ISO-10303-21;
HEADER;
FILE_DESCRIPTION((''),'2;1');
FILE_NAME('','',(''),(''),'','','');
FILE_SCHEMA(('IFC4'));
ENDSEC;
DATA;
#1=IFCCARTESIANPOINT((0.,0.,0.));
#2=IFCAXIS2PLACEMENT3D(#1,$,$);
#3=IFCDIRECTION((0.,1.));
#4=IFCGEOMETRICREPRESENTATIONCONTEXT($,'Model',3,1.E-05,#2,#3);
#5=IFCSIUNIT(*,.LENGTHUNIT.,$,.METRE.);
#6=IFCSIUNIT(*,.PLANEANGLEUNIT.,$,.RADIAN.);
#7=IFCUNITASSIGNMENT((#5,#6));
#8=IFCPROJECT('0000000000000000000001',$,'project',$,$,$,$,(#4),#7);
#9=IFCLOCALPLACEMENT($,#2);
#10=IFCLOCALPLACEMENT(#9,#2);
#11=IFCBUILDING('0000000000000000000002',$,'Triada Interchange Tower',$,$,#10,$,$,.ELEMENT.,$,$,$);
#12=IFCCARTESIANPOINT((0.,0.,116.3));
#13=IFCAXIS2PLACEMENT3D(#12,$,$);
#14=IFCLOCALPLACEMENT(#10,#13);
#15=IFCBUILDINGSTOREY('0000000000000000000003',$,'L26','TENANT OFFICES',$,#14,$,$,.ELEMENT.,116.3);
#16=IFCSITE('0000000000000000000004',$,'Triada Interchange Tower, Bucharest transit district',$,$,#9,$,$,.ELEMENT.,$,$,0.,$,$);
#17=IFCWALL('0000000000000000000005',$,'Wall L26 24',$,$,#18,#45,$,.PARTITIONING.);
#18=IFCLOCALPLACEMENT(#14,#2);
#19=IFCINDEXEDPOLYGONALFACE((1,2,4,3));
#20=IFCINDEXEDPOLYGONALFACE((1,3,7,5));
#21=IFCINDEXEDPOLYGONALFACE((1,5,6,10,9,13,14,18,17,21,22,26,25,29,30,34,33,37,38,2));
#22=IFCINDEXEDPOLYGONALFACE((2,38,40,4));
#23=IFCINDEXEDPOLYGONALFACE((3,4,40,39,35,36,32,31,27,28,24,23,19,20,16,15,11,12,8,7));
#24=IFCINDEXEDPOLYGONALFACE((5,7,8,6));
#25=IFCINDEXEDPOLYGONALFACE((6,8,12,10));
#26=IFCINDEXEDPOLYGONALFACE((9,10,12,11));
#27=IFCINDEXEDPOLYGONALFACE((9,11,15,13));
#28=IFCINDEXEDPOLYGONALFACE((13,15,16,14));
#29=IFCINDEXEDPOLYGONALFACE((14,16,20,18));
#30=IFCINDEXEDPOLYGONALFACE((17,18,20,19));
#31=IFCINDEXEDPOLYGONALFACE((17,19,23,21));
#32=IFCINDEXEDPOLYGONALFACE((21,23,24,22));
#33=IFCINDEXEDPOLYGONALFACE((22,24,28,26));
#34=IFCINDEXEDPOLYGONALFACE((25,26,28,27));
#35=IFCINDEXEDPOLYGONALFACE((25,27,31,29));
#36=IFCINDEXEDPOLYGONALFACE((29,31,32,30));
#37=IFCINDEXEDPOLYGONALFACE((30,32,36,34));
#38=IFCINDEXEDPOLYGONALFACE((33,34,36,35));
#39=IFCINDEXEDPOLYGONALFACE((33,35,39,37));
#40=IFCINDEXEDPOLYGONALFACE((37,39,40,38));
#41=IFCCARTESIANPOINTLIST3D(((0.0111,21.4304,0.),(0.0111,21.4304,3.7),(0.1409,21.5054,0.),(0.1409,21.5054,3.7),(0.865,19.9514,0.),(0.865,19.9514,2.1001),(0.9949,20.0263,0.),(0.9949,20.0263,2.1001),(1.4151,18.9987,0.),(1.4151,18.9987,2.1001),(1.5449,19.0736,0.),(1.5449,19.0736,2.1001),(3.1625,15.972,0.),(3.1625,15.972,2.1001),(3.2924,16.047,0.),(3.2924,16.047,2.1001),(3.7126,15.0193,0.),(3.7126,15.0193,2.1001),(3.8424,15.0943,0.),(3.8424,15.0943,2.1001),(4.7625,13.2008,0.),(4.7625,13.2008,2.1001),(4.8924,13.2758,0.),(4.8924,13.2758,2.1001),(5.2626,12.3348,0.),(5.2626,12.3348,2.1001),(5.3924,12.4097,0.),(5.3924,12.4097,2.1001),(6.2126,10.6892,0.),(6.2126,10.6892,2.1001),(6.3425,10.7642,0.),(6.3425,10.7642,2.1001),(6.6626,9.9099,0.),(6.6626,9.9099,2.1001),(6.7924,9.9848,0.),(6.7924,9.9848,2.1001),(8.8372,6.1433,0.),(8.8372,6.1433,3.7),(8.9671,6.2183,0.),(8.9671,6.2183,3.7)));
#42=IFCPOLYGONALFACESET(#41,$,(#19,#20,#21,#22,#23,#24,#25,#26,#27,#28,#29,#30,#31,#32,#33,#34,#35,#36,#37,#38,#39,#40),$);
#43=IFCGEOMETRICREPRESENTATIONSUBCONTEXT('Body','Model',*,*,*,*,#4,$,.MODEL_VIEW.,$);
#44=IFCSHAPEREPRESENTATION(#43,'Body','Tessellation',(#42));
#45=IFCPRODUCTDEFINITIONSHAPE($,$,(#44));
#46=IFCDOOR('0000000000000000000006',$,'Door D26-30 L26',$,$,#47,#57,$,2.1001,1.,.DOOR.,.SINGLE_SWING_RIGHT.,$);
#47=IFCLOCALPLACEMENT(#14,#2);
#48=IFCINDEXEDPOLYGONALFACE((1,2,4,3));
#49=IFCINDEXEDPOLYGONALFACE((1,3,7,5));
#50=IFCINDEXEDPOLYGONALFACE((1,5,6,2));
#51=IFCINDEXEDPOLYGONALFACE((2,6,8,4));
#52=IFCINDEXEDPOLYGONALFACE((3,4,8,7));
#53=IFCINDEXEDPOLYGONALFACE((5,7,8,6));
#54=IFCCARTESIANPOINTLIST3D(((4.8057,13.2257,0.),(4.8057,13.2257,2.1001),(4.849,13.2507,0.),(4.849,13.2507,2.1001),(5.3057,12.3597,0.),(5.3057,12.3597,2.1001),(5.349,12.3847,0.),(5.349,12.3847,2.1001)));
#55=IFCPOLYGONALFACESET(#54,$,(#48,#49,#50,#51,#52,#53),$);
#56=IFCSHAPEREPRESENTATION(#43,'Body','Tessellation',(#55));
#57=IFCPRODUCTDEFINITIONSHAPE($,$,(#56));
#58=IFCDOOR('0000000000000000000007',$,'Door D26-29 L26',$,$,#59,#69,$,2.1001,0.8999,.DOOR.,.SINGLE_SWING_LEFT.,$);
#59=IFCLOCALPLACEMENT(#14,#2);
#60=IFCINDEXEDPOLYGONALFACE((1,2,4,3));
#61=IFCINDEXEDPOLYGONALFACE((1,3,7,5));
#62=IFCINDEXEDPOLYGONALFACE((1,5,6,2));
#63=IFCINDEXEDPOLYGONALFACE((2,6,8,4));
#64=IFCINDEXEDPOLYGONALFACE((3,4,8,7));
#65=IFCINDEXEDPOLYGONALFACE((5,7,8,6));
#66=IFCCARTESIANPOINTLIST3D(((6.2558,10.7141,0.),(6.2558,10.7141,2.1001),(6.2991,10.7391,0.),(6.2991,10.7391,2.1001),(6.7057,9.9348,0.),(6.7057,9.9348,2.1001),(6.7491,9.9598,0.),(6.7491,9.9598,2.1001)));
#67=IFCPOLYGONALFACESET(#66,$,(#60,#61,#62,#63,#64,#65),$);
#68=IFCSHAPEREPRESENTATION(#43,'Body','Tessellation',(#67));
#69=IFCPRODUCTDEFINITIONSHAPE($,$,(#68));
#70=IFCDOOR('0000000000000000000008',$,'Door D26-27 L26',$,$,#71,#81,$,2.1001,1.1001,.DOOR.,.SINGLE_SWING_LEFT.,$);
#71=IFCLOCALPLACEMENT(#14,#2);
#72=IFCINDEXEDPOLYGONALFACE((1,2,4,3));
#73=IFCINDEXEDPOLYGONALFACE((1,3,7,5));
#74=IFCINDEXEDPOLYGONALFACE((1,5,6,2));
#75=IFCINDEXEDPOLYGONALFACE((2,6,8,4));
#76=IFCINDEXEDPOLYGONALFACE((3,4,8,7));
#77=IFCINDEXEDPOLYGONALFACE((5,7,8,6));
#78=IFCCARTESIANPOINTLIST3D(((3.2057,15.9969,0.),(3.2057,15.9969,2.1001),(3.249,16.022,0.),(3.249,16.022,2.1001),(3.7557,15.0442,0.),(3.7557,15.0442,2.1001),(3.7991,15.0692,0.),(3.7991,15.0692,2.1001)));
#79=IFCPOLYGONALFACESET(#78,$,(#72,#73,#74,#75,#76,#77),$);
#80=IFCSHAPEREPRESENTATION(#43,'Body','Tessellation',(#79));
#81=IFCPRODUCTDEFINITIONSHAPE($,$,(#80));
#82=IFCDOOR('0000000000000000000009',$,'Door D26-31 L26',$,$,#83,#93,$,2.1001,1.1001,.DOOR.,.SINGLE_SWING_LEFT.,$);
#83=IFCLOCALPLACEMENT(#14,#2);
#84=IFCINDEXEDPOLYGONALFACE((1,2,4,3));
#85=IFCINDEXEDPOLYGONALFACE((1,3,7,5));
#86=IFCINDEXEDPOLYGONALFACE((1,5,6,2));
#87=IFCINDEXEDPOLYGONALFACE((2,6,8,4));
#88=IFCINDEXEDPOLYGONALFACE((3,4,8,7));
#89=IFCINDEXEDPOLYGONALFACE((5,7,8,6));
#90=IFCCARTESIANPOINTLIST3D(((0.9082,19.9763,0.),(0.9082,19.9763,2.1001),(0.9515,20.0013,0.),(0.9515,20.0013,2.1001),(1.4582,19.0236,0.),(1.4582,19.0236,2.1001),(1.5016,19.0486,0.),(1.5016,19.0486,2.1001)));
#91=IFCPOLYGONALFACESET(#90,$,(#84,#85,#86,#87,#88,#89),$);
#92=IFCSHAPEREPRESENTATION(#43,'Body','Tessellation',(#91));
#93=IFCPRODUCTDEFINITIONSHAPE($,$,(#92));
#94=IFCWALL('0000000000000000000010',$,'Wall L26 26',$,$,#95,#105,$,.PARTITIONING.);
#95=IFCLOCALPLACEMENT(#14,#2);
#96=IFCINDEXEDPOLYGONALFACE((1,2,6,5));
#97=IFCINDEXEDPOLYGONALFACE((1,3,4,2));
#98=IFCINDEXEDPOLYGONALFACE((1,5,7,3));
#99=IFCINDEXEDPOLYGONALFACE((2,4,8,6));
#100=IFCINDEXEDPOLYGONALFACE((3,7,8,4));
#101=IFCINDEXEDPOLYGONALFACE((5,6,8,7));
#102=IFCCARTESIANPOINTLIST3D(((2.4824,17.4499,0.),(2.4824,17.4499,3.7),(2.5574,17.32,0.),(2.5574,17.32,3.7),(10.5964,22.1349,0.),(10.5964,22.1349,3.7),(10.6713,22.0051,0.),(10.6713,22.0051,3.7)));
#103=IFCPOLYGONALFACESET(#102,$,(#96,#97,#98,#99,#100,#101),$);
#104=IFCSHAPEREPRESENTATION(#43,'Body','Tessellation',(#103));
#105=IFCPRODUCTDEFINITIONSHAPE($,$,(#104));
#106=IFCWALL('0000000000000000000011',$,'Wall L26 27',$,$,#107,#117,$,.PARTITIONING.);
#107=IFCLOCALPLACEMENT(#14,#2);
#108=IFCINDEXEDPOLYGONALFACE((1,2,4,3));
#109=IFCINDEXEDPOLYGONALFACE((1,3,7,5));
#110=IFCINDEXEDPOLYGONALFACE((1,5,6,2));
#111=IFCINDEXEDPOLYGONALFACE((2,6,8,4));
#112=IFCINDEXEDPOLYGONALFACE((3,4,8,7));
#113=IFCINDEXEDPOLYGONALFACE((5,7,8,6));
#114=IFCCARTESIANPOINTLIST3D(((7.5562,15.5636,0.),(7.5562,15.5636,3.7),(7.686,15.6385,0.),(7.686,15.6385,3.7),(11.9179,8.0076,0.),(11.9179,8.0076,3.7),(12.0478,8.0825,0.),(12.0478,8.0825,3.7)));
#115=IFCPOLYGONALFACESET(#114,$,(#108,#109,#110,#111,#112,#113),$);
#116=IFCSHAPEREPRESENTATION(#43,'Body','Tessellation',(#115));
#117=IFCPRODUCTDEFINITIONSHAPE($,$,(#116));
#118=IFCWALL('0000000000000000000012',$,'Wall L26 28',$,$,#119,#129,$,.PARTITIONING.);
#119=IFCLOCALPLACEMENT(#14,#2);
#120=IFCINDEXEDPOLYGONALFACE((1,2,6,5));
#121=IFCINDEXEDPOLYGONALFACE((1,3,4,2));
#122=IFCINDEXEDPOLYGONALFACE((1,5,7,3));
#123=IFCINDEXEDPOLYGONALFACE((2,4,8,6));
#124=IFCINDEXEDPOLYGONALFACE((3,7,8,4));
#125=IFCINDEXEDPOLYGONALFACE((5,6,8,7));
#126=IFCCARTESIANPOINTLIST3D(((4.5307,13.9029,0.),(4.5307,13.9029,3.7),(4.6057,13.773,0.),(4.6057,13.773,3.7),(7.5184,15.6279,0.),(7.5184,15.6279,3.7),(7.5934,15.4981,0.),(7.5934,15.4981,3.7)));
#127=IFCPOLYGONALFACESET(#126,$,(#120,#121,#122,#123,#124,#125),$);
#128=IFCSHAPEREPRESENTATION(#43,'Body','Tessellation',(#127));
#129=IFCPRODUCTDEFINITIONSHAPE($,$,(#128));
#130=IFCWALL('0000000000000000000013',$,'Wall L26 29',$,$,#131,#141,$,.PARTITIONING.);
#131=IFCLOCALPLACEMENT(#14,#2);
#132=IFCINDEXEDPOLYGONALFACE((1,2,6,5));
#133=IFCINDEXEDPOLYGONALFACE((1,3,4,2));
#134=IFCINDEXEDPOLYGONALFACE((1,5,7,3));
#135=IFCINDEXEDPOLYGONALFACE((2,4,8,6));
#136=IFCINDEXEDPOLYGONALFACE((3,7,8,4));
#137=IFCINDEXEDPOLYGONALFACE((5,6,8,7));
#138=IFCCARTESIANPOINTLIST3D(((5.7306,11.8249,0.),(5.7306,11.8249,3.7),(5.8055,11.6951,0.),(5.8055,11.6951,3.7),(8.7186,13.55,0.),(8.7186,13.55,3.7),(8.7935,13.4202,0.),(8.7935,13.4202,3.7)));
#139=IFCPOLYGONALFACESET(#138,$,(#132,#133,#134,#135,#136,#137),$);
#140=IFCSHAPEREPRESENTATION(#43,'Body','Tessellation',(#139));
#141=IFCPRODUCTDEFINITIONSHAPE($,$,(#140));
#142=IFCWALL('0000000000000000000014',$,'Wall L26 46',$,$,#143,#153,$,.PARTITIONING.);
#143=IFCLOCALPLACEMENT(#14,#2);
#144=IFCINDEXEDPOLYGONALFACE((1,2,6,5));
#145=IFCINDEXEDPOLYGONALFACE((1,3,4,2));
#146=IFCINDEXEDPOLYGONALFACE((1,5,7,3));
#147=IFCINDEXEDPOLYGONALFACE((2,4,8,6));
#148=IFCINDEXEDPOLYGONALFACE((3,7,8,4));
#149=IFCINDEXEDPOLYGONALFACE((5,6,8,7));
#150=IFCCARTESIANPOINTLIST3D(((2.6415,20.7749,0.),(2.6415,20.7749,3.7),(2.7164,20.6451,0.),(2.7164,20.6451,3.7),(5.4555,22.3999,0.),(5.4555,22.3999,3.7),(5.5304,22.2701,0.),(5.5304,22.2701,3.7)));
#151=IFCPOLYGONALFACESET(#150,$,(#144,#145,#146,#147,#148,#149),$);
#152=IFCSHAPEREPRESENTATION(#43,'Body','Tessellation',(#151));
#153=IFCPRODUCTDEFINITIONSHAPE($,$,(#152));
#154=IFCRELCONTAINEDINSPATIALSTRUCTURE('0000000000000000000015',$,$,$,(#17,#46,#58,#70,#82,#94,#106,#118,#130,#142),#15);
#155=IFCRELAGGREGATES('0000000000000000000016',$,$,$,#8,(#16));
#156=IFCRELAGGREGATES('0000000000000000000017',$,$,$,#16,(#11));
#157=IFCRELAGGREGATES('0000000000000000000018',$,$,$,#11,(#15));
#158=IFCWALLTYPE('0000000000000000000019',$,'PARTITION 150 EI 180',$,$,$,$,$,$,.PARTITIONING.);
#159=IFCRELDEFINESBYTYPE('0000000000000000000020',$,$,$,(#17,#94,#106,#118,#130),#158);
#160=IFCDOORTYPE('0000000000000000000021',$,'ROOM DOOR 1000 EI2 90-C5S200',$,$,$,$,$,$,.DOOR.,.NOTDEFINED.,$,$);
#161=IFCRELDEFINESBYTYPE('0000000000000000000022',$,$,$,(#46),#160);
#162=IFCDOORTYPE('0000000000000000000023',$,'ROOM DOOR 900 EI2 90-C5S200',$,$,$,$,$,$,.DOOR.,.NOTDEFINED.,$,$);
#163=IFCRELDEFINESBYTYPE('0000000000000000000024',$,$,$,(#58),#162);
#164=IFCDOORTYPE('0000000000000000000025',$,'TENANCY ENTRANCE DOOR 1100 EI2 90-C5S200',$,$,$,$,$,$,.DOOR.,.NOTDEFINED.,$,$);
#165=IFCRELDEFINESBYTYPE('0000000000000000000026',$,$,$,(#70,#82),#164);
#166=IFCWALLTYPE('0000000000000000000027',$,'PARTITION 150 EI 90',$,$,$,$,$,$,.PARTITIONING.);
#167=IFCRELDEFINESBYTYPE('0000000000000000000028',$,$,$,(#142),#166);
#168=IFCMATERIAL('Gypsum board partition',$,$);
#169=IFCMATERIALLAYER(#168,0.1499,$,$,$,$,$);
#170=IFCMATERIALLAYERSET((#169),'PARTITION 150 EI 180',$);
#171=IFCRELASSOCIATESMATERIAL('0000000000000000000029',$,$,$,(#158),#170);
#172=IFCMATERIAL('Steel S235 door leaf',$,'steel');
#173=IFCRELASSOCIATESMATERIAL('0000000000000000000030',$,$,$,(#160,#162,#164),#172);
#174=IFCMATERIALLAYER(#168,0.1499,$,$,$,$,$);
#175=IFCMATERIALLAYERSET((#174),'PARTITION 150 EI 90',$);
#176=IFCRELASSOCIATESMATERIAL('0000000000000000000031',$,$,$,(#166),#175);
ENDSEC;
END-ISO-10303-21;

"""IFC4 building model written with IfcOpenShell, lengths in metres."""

from ifc_helpers import new_model, si_unit, direction, frame, frame_2d, origin, place, context, subcontext, project, spatial, rectangle, extrude, material, layer, layer_set, type_object, element, fill, save


model = new_model("IFC4")

# Units and contexts
model_context = context("Model", 3, precision=1e-05, world=origin(), true_north=direction((0.0, 1.0)))
body_context = subcontext(model_context, "Body", "Model", "MODEL_VIEW")
ifc_project = project(units=[si_unit("LENGTHUNIT", "METRE"), si_unit("PLANEANGLEUNIT", "RADIAN")], contexts=[model_context])

# Site, building, storey
site_placement = place(None, origin())
site = spatial("IfcSite", under=ifc_project, at=site_placement, Name="Triada Interchange Tower, Bucharest transit district", CompositionType="ELEMENT", RefElevation=0.0)
building_placement = place(site_placement, origin())
building = spatial("IfcBuilding", under=site, at=building_placement, Name="Triada Interchange Tower", CompositionType="ELEMENT")
storey_placement = place(building_placement, frame((0.0, 0.0, 116.3)))
storey = spatial("IfcBuildingStorey", under=building, at=storey_placement, Name="L26", Description="TENANT OFFICES", CompositionType="ELEMENT", Elevation=116.3)

# Shared definitions
ifc_material_1 = material(Name="Steel S235 door leaf", Category="steel")

# Shared definitions
ifc_material_2 = material(Name="Gypsum board partition")
ifc_layer_1 = layer(ifc_material_2, 0.1499)
ifc_layer_set_1 = layer_set([ifc_layer_1], Name="PARTITION 150 EI 180")
wall_type_1 = type_object("IfcWallType", Name="PARTITION 150 EI 180", PredefinedType="PARTITIONING", material=ifc_layer_set_1)

# Wall, openings, doors
wall_1_placement = place(storey_placement, frame((0.0759, 21.468, 0.0), z_axis=(0.0, 0.0, 1.0), x_axis=(0.500007, -0.866022, 0.0)))
wall_1 = element("IfcWall", 1, at=wall_1_placement, inside=storey, type_object=wall_type_1, Name="Wall L26 24", PredefinedType="PARTITIONING", context=body_context, shape_type="SweptSolid", body=[
    extrude(rectangle(XDim=17.6521, YDim=0.1499, at=frame_2d((8.8262, 0.0))), origin(), (0.0, 0.0, 1.0), 3.7),
])
opening_1_placement = place(wall_1_placement, frame((6.303, 0.0, 0.0)))
opening_1 = element("IfcOpeningElement", 2, at=opening_1_placement, cuts=wall_1, PredefinedType="OPENING", context=body_context, shape_type="SweptSolid", body=[
    extrude(rectangle(XDim=1.1001, YDim=2.1001, at=frame_2d((0.55, 1.05))), frame((0.0, 0.085, 0.0), z_axis=(0.0, -1.0, 0.0), x_axis=(1.0, 0.0, 0.0)), (0.0, 0.0, 1.0), 0.1699),
])
opening_2_placement = place(wall_1_placement, frame((12.4031, 0.0, 0.0)))
opening_2 = element("IfcOpeningElement", 3, at=opening_2_placement, cuts=wall_1, PredefinedType="OPENING", context=body_context, shape_type="SweptSolid", body=[
    extrude(rectangle(XDim=0.8999, YDim=2.1001, at=frame_2d((0.45, 1.05))), frame((0.0, 0.085, 0.0), z_axis=(0.0, -1.0, 0.0), x_axis=(1.0, 0.0, 0.0)), (0.0, 0.0, 1.0), 0.1699),
])
opening_3_placement = place(wall_1_placement, frame((9.5029, 0.0, 0.0)))
opening_3 = element("IfcOpeningElement", 4, at=opening_3_placement, cuts=wall_1, PredefinedType="OPENING", context=body_context, shape_type="SweptSolid", body=[
    extrude(rectangle(XDim=1.0, YDim=2.1001, at=frame_2d((0.5, 1.05))), frame((0.0, 0.085, 0.0), z_axis=(0.0, -1.0, 0.0), x_axis=(1.0, 0.0, 0.0)), (0.0, 0.0, 1.0), 0.1699),
])
opening_4_placement = place(wall_1_placement, frame((1.708, 0.0, 0.0)))
opening_4 = element("IfcOpeningElement", 5, at=opening_4_placement, cuts=wall_1, PredefinedType="OPENING", context=body_context, shape_type="SweptSolid", body=[
    extrude(rectangle(XDim=1.1001, YDim=2.1001, at=frame_2d((0.55, 1.05))), frame((0.0, 0.085, 0.0), z_axis=(0.0, -1.0, 0.0), x_axis=(1.0, 0.0, 0.0)), (0.0, 0.0, 1.0), 0.1699),
])
door_type_1 = type_object("IfcDoorType", Name="ROOM DOOR 1000 EI2 90-C5S200", OperationType="NOTDEFINED", PredefinedType="DOOR", material=ifc_material_1)
door_1_placement = place(opening_3_placement, origin())
door_1 = element("IfcDoor", 6, at=door_1_placement, inside=storey, type_object=door_type_1, Name="Door D26-30 L26", OperationType="SINGLE_SWING_RIGHT", OverallHeight=2.1001, OverallWidth=1.0, PredefinedType="DOOR", context=body_context, shape_type="SweptSolid", body=[
    extrude(rectangle(XDim=1.0, YDim=2.1001, at=frame_2d((0.5, 1.05))), frame((0.0, 0.0249, 0.0), z_axis=(0.0, -1.0, 0.0), x_axis=(1.0, 0.0, 0.0)), (0.0, 0.0, 1.0), 0.05),
])
fill(opening_3, door_1)
door_type_2 = type_object("IfcDoorType", Name="ROOM DOOR 900 EI2 90-C5S200", OperationType="NOTDEFINED", PredefinedType="DOOR", material=ifc_material_1)
door_2_placement = place(opening_2_placement, origin())
door_2 = element("IfcDoor", 7, at=door_2_placement, inside=storey, type_object=door_type_2, Name="Door D26-29 L26", OperationType="SINGLE_SWING_LEFT", OverallHeight=2.1001, OverallWidth=0.8999, PredefinedType="DOOR", context=body_context, shape_type="SweptSolid", body=[
    extrude(rectangle(XDim=0.8999, YDim=2.1001, at=frame_2d((0.45, 1.05))), frame((0.0, 0.0249, 0.0), z_axis=(0.0, -1.0, 0.0), x_axis=(1.0, 0.0, 0.0)), (0.0, 0.0, 1.0), 0.05),
])
fill(opening_2, door_2)
door_type_3 = type_object("IfcDoorType", Name="TENANCY ENTRANCE DOOR 1100 EI2 90-C5S200", OperationType="NOTDEFINED", PredefinedType="DOOR", material=ifc_material_1)
door_3_placement = place(opening_1_placement, origin())
door_3 = element("IfcDoor", 8, at=door_3_placement, inside=storey, type_object=door_type_3, Name="Door D26-27 L26", OperationType="SINGLE_SWING_LEFT", OverallHeight=2.1001, OverallWidth=1.1001, PredefinedType="DOOR", context=body_context, shape_type="SweptSolid", body=[
    extrude(rectangle(XDim=1.1001, YDim=2.1001, at=frame_2d((0.55, 1.05))), frame((0.0, 0.0249, 0.0), z_axis=(0.0, -1.0, 0.0), x_axis=(1.0, 0.0, 0.0)), (0.0, 0.0, 1.0), 0.05),
])
fill(opening_1, door_3)
door_4_placement = place(opening_4_placement, origin())
door_4 = element("IfcDoor", 9, at=door_4_placement, inside=storey, type_object=door_type_3, Name="Door D26-31 L26", OperationType="SINGLE_SWING_LEFT", OverallHeight=2.1001, OverallWidth=1.1001, PredefinedType="DOOR", context=body_context, shape_type="SweptSolid", body=[
    extrude(rectangle(XDim=1.1001, YDim=2.1001, at=frame_2d((0.55, 1.05))), frame((0.0, 0.0249, 0.0), z_axis=(0.0, -1.0, 0.0), x_axis=(1.0, 0.0, 0.0)), (0.0, 0.0, 1.0), 0.05),
])
fill(opening_4, door_4)

# Walls
wall_2_placement = place(storey_placement, frame((2.52, 17.385, 0.0), z_axis=(0.0, 0.0, 1.0), x_axis=(0.866006, 0.500034, 0.0)))
element("IfcWall", 10, at=wall_2_placement, inside=storey, type_object=wall_type_1, Name="Wall L26 26", PredefinedType="PARTITIONING", context=body_context, shape_type="SweptSolid", body=[
    extrude(rectangle(XDim=9.3694, YDim=0.1499, at=frame_2d((4.6846, 0.0))), origin(), (0.0, 0.0, 1.0), 3.7),
])
wall_3_placement = place(storey_placement, frame((7.6211, 15.6011, 0.0), z_axis=(0.0, 0.0, 1.0), x_axis=(0.499937, -0.866062, 0.0)))
element("IfcWall", 11, at=wall_3_placement, inside=storey, type_object=wall_type_1, Name="Wall L26 27", PredefinedType="PARTITIONING", context=body_context, shape_type="SweptSolid", body=[
    extrude(rectangle(XDim=8.7246, YDim=0.1499, at=frame_2d((4.3623, 0.0))), origin(), (0.0, 0.0, 1.0), 3.7),
])
wall_4_placement = place(storey_placement, frame((4.5681, 13.8379, 0.0), z_axis=(0.0, 0.0, 1.0), x_axis=(0.866014, 0.500021, 0.0)))
element("IfcWall", 12, at=wall_4_placement, inside=storey, type_object=wall_type_1, Name="Wall L26 28", PredefinedType="PARTITIONING", context=body_context, shape_type="SweptSolid", body=[
    extrude(rectangle(XDim=3.45, YDim=0.1499, at=frame_2d((1.7251, 0.0))), origin(), (0.0, 0.0, 1.0), 3.7),
])
wall_5_placement = place(storey_placement, frame((5.7681, 11.76, 0.0), z_axis=(0.0, 0.0, 1.0), x_axis=(0.866031, 0.49999, 0.0)))
element("IfcWall", 13, at=wall_5_placement, inside=storey, type_object=wall_type_1, Name="Wall L26 29", PredefinedType="PARTITIONING", context=body_context, shape_type="SweptSolid", body=[
    extrude(rectangle(XDim=3.4502, YDim=0.1499, at=frame_2d((1.7251, 0.0))), origin(), (0.0, 0.0, 1.0), 3.7),
])
ifc_layer_2 = layer(ifc_material_2, 0.1499)
ifc_layer_set_2 = layer_set([ifc_layer_2], Name="PARTITION 150 EI 90")
wall_type_2 = type_object("IfcWallType", Name="PARTITION 150 EI 90", PredefinedType="PARTITIONING", material=ifc_layer_set_2)
wall_6_placement = place(storey_placement, frame((2.679, 20.71, 0.0), z_axis=(0.0, 0.0, 1.0), x_axis=(0.865978, 0.500082, 0.0)))
element("IfcWall", 14, at=wall_6_placement, inside=storey, type_object=wall_type_2, Name="Wall L26 46", PredefinedType="PARTITIONING", context=body_context, shape_type="SweptSolid", body=[
    extrude(rectangle(XDim=3.2495, YDim=0.1499, at=frame_2d((1.6248, 0.0))), origin(), (0.0, 0.0, 1.0), 3.7),
])

save(model, "model.ifc")
